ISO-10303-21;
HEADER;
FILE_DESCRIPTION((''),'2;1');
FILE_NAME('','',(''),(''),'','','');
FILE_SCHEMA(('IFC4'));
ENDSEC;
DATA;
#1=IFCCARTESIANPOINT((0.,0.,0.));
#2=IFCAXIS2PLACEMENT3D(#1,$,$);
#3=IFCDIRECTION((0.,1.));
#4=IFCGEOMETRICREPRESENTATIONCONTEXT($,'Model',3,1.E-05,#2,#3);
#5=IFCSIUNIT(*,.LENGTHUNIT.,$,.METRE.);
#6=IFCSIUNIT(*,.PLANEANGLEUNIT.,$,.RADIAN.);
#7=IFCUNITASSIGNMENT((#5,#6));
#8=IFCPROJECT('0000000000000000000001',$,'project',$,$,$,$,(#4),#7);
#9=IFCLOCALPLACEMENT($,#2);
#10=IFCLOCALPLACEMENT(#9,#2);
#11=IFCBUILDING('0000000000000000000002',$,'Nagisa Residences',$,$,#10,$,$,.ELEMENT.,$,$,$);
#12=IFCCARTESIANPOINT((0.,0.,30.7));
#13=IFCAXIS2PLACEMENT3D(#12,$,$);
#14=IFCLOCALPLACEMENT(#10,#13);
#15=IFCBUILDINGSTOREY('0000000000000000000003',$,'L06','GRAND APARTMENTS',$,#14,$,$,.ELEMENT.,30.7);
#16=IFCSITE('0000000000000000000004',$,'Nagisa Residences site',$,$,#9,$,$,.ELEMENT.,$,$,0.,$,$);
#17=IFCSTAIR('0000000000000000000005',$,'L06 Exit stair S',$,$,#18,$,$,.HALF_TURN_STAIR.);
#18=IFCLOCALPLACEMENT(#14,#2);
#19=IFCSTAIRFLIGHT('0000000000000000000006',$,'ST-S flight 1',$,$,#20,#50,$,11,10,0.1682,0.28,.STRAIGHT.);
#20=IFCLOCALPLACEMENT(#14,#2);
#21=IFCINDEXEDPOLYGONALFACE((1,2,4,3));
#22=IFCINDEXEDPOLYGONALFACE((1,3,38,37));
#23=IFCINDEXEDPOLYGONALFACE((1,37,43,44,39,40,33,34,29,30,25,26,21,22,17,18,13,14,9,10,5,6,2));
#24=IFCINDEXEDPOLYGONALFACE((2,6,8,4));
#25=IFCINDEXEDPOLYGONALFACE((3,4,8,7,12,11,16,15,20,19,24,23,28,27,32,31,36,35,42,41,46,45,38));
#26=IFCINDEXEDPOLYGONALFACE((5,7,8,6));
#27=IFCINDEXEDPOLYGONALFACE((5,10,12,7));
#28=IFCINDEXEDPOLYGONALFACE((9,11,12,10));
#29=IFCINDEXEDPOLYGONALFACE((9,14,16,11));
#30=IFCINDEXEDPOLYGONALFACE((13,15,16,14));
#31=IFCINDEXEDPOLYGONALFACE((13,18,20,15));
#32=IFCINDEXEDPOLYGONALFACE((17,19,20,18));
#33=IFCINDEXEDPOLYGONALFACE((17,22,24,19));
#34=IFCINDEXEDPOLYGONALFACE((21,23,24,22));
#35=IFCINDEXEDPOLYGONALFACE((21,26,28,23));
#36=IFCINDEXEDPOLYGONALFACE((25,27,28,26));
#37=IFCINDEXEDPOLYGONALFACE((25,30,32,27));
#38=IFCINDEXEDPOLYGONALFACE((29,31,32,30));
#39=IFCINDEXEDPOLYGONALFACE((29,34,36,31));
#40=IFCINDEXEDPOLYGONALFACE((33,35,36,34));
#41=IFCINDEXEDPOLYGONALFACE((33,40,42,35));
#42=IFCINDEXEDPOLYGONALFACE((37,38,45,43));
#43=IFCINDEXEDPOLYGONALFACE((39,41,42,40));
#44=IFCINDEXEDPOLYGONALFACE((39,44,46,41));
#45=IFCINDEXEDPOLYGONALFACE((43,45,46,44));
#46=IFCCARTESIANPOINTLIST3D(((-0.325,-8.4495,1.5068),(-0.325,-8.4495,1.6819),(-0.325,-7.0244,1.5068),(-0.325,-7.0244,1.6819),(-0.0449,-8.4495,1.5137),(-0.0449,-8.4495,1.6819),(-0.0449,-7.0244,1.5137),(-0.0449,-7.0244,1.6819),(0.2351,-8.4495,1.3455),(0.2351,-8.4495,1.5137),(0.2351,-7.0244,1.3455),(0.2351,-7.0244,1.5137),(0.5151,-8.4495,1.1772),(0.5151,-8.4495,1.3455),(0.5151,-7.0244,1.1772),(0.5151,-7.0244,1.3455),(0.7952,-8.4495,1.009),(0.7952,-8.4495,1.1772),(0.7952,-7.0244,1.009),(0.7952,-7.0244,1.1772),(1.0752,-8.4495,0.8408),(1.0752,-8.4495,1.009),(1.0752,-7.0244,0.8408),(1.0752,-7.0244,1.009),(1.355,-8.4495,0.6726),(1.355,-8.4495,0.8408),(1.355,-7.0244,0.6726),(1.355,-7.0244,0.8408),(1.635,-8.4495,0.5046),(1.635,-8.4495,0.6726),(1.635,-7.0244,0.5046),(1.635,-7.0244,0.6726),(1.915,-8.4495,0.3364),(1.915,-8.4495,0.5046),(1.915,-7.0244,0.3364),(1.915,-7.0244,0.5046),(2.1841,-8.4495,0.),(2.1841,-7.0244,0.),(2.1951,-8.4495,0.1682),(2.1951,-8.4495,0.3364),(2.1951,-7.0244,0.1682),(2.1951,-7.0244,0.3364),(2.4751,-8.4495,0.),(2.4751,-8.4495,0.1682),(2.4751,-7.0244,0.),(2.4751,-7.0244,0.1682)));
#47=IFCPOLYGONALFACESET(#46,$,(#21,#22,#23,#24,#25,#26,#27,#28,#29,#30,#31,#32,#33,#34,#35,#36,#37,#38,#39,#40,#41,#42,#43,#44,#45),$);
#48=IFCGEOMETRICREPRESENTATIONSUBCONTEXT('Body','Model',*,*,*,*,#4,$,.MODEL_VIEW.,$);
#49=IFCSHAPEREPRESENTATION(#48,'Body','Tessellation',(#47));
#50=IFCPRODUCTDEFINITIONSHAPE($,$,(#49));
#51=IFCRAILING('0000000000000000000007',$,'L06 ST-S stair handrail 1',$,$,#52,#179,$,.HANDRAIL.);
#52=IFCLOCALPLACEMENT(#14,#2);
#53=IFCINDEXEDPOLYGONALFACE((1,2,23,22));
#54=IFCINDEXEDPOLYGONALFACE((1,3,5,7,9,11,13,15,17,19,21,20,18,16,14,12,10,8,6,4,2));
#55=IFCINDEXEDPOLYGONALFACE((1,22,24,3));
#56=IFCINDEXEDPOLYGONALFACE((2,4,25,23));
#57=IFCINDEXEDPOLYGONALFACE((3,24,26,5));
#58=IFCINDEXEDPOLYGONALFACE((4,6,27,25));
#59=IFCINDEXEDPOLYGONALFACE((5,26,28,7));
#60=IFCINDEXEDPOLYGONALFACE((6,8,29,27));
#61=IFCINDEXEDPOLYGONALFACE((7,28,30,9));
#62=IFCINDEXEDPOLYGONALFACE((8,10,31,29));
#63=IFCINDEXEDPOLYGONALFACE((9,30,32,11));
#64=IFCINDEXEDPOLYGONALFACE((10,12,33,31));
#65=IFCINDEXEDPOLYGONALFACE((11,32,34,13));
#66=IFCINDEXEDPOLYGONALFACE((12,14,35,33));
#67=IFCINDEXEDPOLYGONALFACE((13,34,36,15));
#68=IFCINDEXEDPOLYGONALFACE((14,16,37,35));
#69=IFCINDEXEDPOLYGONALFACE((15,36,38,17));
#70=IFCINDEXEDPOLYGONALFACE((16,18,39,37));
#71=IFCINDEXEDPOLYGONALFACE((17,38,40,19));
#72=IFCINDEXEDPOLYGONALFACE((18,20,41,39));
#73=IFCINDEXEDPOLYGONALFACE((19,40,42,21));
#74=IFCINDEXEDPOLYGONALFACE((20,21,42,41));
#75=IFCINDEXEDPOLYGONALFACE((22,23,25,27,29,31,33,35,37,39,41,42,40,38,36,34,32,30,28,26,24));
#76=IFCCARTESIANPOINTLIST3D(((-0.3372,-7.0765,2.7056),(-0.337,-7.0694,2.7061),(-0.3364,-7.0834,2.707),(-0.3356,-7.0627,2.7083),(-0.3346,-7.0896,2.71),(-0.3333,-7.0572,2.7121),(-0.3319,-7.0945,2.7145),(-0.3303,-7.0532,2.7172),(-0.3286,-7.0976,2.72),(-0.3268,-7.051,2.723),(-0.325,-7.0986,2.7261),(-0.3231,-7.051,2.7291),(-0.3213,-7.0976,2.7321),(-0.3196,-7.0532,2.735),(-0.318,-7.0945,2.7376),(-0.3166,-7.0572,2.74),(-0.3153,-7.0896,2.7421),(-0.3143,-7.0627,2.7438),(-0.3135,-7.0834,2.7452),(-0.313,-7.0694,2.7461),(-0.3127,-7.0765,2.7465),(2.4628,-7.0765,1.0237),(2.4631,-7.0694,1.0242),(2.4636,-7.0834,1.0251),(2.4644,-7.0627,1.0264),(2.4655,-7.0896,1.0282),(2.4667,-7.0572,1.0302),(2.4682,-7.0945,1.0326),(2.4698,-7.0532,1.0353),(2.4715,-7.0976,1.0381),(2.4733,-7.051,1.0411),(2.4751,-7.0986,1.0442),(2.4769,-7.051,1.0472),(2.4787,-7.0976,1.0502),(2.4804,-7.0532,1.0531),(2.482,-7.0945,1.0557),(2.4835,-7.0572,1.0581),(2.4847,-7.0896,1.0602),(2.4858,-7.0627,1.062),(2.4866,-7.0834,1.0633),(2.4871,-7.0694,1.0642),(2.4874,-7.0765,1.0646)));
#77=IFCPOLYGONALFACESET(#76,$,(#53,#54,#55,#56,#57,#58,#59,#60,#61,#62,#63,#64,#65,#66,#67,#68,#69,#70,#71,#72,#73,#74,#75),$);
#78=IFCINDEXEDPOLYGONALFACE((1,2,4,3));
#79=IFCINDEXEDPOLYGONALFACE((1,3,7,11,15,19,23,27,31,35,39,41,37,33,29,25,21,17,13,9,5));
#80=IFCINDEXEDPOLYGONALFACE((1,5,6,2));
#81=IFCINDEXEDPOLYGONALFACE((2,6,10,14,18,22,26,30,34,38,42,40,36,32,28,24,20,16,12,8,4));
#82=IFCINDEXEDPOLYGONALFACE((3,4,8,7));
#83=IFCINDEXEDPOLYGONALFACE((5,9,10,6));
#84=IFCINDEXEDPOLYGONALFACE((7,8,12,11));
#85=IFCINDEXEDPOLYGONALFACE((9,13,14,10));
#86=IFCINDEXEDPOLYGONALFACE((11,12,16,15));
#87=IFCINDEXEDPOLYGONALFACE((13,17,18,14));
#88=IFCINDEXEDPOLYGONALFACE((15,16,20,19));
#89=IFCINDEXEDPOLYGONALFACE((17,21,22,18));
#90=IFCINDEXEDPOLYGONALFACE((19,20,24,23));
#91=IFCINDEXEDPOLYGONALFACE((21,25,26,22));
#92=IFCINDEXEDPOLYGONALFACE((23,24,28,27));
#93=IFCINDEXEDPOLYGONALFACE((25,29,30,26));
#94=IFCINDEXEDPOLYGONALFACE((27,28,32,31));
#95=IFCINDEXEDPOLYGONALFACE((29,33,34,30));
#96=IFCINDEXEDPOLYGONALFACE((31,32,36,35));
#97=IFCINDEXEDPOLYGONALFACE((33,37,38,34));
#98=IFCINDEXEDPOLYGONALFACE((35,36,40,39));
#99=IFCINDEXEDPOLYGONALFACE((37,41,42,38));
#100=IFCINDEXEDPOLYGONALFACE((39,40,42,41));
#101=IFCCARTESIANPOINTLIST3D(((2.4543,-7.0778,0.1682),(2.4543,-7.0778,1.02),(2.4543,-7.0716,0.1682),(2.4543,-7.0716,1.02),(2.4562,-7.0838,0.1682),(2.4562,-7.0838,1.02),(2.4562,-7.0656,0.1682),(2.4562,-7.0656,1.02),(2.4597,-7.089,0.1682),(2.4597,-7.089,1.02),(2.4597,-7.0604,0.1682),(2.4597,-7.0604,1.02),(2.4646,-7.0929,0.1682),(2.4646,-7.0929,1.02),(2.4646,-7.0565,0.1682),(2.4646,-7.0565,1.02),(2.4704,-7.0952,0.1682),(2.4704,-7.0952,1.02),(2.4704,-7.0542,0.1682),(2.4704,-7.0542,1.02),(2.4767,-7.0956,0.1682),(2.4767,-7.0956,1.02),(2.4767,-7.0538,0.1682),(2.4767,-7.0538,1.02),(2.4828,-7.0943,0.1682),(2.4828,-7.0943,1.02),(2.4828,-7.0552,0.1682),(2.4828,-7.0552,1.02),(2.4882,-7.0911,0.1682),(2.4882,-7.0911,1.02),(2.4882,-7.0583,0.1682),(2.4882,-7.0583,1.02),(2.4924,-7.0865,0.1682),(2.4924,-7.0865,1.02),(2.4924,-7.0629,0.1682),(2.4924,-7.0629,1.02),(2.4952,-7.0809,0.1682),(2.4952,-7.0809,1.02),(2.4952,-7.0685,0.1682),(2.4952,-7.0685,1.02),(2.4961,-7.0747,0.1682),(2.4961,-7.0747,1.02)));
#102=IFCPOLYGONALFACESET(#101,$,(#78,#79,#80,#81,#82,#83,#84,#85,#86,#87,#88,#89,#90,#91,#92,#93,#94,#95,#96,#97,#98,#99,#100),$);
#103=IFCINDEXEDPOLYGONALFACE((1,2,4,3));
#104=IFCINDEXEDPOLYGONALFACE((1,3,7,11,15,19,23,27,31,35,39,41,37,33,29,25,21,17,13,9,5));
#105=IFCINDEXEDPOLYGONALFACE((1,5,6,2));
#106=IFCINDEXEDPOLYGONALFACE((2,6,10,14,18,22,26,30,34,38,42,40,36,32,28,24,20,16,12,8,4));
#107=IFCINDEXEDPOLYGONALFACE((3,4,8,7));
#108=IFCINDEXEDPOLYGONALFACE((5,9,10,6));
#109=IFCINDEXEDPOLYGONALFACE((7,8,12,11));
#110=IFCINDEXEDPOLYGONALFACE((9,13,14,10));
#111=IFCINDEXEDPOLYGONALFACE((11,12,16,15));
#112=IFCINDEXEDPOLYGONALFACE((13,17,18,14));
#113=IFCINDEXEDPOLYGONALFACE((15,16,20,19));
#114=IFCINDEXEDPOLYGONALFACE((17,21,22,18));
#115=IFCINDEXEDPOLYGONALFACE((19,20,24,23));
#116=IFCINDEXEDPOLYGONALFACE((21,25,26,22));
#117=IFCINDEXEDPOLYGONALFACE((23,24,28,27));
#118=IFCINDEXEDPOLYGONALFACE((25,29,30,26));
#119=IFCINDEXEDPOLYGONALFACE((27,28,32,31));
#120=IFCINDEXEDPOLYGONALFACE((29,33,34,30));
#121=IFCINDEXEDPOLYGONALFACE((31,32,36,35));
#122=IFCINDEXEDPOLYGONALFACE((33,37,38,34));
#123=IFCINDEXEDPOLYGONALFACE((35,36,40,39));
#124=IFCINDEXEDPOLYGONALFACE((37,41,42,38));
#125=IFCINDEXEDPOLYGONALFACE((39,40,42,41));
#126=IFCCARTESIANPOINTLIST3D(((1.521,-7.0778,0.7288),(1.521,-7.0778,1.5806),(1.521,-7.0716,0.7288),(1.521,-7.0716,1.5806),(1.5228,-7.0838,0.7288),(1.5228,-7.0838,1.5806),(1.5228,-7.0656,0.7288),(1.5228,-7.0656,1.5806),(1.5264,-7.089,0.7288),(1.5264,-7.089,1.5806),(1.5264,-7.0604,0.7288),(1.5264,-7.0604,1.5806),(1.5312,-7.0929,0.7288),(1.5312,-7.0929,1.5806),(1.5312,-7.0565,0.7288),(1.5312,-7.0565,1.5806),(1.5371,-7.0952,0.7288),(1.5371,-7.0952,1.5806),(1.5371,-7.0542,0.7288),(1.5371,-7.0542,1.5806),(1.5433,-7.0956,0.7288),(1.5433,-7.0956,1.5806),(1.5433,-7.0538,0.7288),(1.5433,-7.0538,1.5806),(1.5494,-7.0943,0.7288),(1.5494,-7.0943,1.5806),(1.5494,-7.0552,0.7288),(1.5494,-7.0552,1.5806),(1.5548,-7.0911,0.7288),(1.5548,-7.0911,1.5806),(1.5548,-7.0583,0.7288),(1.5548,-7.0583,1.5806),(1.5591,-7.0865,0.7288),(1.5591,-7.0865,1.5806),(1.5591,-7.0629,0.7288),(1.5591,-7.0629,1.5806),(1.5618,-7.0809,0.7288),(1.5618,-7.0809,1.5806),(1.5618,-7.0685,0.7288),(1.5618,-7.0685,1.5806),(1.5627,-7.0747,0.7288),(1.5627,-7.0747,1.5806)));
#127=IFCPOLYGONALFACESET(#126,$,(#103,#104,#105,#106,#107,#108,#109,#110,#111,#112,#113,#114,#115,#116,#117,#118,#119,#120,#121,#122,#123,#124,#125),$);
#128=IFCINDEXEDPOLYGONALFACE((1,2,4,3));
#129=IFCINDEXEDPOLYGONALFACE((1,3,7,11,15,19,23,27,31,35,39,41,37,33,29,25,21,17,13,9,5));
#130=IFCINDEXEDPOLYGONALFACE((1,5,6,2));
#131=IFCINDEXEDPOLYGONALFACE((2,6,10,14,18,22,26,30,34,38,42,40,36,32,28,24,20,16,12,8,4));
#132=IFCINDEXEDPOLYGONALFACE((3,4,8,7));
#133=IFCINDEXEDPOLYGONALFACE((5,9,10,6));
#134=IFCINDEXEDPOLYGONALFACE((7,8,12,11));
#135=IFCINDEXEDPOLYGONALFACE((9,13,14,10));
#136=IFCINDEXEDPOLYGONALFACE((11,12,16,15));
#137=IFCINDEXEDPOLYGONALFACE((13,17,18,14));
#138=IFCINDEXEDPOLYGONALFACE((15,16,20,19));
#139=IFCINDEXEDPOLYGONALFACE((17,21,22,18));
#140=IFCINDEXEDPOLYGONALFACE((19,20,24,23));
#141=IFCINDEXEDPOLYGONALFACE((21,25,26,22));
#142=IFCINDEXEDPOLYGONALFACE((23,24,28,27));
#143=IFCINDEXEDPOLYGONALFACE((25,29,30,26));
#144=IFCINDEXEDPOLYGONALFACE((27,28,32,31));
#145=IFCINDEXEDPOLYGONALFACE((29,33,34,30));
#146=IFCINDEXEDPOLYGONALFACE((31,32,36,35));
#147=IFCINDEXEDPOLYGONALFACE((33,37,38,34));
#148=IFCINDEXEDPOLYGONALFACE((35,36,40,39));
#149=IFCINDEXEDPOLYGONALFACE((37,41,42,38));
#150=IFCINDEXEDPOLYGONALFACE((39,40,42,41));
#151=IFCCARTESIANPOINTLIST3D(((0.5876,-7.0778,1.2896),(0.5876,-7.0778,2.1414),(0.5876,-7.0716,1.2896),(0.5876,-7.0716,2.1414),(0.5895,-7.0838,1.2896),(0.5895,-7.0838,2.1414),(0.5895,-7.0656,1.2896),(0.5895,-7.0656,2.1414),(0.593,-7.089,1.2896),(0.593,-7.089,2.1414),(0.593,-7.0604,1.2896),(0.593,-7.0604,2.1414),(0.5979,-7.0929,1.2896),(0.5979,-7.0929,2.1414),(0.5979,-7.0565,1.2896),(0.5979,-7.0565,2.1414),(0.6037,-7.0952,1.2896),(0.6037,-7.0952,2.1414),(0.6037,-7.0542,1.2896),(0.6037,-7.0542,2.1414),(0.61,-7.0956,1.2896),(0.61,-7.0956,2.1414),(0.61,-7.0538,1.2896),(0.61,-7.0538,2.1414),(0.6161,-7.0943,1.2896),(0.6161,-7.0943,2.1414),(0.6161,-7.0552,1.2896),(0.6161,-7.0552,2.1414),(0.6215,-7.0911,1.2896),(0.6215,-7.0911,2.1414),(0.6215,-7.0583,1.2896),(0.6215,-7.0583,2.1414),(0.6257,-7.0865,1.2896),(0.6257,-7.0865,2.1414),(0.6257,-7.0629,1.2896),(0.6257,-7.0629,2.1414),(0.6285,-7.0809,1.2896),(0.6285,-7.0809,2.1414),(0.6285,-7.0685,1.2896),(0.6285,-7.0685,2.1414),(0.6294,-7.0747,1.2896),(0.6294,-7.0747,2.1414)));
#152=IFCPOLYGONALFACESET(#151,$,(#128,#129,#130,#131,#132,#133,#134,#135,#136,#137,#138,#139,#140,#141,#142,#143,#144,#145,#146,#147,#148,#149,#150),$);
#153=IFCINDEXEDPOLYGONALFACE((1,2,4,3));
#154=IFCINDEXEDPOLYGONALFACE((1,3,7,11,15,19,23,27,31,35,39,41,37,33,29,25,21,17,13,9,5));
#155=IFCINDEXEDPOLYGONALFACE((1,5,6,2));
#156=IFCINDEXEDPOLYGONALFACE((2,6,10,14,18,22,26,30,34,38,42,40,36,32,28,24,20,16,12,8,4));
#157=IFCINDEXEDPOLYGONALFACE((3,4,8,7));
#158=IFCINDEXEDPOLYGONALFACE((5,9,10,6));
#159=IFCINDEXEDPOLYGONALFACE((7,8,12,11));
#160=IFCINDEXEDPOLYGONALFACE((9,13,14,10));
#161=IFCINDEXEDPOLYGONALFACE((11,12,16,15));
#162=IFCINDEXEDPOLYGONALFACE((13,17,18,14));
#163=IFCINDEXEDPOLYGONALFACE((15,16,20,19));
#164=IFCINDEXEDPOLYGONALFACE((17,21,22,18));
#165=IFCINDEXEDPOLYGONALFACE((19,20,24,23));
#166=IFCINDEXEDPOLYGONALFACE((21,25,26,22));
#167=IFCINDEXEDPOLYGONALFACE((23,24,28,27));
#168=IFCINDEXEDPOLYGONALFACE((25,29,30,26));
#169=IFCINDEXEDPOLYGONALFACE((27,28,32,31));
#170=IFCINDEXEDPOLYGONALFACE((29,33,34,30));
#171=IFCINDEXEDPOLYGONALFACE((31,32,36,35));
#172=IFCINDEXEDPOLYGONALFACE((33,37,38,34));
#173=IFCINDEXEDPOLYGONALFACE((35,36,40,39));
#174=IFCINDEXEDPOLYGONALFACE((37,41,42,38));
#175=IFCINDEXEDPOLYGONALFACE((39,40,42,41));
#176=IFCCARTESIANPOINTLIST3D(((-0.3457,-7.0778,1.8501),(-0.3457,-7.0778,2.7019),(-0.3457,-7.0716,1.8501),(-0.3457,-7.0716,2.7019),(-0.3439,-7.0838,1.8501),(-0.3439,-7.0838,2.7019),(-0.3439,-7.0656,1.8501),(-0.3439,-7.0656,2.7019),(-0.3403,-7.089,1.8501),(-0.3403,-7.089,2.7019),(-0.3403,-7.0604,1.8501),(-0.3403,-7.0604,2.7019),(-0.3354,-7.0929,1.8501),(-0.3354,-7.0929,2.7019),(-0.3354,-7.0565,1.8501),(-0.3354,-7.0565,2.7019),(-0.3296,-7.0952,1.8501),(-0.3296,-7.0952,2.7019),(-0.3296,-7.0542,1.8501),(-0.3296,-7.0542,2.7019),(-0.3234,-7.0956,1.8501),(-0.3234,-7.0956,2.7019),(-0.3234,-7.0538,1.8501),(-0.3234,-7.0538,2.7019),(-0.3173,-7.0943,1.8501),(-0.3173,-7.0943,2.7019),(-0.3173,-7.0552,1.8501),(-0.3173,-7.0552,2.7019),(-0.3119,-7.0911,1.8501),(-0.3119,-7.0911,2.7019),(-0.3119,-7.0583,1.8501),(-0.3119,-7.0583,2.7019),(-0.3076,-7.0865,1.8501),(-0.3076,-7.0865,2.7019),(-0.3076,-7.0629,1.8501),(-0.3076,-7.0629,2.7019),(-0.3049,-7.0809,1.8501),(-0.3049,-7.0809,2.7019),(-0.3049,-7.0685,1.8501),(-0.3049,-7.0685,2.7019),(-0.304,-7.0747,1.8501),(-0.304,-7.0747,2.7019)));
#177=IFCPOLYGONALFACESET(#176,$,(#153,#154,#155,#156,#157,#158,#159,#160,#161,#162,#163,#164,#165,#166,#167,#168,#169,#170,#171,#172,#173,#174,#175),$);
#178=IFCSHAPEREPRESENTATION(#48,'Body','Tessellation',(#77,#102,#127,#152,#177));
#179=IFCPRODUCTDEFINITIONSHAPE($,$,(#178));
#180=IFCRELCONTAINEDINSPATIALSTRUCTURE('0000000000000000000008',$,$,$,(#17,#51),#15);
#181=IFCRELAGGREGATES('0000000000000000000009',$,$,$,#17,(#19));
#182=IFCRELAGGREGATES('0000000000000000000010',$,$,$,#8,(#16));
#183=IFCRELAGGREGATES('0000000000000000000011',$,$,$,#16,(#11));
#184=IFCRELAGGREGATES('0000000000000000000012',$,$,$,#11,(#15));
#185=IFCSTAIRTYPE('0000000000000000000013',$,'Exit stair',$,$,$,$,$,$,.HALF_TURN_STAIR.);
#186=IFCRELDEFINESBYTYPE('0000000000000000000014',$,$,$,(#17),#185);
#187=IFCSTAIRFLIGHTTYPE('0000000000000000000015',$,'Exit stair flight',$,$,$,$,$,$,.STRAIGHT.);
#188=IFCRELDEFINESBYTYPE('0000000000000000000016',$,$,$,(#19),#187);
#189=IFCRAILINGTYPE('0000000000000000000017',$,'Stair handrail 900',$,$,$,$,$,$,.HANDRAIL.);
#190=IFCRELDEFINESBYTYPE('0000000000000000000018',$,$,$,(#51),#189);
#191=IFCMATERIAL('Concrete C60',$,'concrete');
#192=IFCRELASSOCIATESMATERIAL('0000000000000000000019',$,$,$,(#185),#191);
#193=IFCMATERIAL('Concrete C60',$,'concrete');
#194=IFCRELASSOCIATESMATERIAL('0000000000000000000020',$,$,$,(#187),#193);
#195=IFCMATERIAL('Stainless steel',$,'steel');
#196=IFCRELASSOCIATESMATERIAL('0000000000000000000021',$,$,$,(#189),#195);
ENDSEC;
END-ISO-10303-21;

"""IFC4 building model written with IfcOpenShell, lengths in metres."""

from ifc_helpers import new_model, si_unit, direction, frame, origin, origin_2d, place, context, subcontext, project, spatial, polyline, circle, outline, extrude, material, type_object, element, aggregate, save


model = new_model("IFC4")

# Units and contexts
model_context = context("Model", 3, precision=1e-05, world=origin(), true_north=direction((0.0, 1.0)))
body_context = subcontext(model_context, "Body", "Model", "MODEL_VIEW")
ifc_project = project(units=[si_unit("LENGTHUNIT", "METRE"), si_unit("PLANEANGLEUNIT", "RADIAN")], contexts=[model_context])

# Site, building, storey
site_placement = place(None, origin())
site = spatial("IfcSite", under=ifc_project, at=site_placement, Name="Nagisa Residences site", CompositionType="ELEMENT", RefElevation=0.0)
building_placement = place(site_placement, origin())
building = spatial("IfcBuilding", under=site, at=building_placement, Name="Nagisa Residences", CompositionType="ELEMENT")
storey_placement = place(building_placement, frame((0.0, 0.0, 30.7)))
storey = spatial("IfcBuildingStorey", under=building, at=storey_placement, Name="L06", Description="GRAND APARTMENTS", CompositionType="ELEMENT", Elevation=30.7)

# Stair, stair flight
ifc_material_1 = material(Name="Concrete C60", Category="concrete")
stair_type = type_object("IfcStairType", Name="Exit stair", PredefinedType="HALF_TURN_STAIR", material=ifc_material_1)
stair_placement = place(storey_placement, origin())
stair = element("IfcStair", 1, at=stair_placement, inside=storey, type_object=stair_type, Name="L06 Exit stair S", PredefinedType="HALF_TURN_STAIR")
ifc_material_2 = material(Name="Concrete C60", Category="concrete")
stair_flight_type = type_object("IfcStairFlightType", Name="Exit stair flight", PredefinedType="STRAIGHT", material=ifc_material_2)
stair_flight_placement = place(storey_placement, frame((2.4751, -7.7371, 0.0), z_axis=(0.0, 0.0, 1.0), x_axis=(-1.0, 0.0, 0.0)))
stair_flight = element("IfcStairFlight", 2, at=stair_flight_placement, type_object=stair_flight_type, Name="ST-S flight 1", NumberOfRisers=11, NumberOfTreads=10, PredefinedType="STRAIGHT", RiserHeight=0.1682, TreadLength=0.28, context=body_context, shape_type="SweptSolid", body=[
    extrude(outline(polyline([(0.0, 0.0), (0.0, 0.1682), (0.28, 0.1682), (0.28, 0.3364), (0.5601, 0.3364), (0.5601, 0.5046), (0.8401, 0.5046), (0.8401, 0.6726), (1.1201, 0.6726), (1.1201, 0.8408), (1.3999, 0.8408), (1.3999, 1.009), (1.6799, 1.009), (1.6799, 1.1772), (1.96, 1.1772), (1.96, 1.3455), (2.24, 1.3455), (2.24, 1.5137), (2.52, 1.5137), (2.52, 1.6819), (2.8, 1.6819), (2.8, 1.8501), (2.8, 1.5068), (0.291, 0.0), (0.0, 0.0)])), frame((0.0, 0.7124, 0.0), z_axis=(0.0, -1.0, 0.0), x_axis=(1.0, 0.0, 0.0)), (0.0, 0.0, 1.0), 1.425),
])
aggregate(stair, [stair_flight])

# Railing
ifc_material_3 = material(Name="Stainless steel", Category="steel")
railing_type_1 = type_object("IfcRailingType", Name="Stair handrail 900", PredefinedType="HANDRAIL", material=ifc_material_3)
railing_1_placement = place(storey_placement, frame((2.4751, -7.0747, 0.1682)))
element("IfcRailing", 3, at=railing_1_placement, inside=storey, type_object=railing_type_1, Name="L06 ST-S stair handrail 1", PredefinedType="HANDRAIL", context=body_context, shape_type="SweptSolid", body=[
    extrude(circle(Radius=0.0239, at=origin_2d()), frame((0.0, 0.0, 0.876), z_axis=(-0.857242, 0.0, 0.514913), x_axis=(0.0, -1.0, 0.0)), (0.0, 0.0, 1.0), 3.2664),
    extrude(circle(Radius=0.021, at=origin_2d()), origin(), (0.0, 0.0, 1.0), 0.8518),
    extrude(circle(Radius=0.021, at=origin_2d()), frame((-0.9333, 0.0, 0.5605)), (0.0, 0.0, 1.0), 0.8518),
    extrude(circle(Radius=0.021, at=origin_2d()), frame((-1.8667, 0.0, 1.1213)), (0.0, 0.0, 1.0), 0.8518),
    extrude(circle(Radius=0.021, at=origin_2d()), frame((-2.8, 0.0, 1.6819)), (0.0, 0.0, 1.0), 0.8518),
])

save(model, "model.ifc")
